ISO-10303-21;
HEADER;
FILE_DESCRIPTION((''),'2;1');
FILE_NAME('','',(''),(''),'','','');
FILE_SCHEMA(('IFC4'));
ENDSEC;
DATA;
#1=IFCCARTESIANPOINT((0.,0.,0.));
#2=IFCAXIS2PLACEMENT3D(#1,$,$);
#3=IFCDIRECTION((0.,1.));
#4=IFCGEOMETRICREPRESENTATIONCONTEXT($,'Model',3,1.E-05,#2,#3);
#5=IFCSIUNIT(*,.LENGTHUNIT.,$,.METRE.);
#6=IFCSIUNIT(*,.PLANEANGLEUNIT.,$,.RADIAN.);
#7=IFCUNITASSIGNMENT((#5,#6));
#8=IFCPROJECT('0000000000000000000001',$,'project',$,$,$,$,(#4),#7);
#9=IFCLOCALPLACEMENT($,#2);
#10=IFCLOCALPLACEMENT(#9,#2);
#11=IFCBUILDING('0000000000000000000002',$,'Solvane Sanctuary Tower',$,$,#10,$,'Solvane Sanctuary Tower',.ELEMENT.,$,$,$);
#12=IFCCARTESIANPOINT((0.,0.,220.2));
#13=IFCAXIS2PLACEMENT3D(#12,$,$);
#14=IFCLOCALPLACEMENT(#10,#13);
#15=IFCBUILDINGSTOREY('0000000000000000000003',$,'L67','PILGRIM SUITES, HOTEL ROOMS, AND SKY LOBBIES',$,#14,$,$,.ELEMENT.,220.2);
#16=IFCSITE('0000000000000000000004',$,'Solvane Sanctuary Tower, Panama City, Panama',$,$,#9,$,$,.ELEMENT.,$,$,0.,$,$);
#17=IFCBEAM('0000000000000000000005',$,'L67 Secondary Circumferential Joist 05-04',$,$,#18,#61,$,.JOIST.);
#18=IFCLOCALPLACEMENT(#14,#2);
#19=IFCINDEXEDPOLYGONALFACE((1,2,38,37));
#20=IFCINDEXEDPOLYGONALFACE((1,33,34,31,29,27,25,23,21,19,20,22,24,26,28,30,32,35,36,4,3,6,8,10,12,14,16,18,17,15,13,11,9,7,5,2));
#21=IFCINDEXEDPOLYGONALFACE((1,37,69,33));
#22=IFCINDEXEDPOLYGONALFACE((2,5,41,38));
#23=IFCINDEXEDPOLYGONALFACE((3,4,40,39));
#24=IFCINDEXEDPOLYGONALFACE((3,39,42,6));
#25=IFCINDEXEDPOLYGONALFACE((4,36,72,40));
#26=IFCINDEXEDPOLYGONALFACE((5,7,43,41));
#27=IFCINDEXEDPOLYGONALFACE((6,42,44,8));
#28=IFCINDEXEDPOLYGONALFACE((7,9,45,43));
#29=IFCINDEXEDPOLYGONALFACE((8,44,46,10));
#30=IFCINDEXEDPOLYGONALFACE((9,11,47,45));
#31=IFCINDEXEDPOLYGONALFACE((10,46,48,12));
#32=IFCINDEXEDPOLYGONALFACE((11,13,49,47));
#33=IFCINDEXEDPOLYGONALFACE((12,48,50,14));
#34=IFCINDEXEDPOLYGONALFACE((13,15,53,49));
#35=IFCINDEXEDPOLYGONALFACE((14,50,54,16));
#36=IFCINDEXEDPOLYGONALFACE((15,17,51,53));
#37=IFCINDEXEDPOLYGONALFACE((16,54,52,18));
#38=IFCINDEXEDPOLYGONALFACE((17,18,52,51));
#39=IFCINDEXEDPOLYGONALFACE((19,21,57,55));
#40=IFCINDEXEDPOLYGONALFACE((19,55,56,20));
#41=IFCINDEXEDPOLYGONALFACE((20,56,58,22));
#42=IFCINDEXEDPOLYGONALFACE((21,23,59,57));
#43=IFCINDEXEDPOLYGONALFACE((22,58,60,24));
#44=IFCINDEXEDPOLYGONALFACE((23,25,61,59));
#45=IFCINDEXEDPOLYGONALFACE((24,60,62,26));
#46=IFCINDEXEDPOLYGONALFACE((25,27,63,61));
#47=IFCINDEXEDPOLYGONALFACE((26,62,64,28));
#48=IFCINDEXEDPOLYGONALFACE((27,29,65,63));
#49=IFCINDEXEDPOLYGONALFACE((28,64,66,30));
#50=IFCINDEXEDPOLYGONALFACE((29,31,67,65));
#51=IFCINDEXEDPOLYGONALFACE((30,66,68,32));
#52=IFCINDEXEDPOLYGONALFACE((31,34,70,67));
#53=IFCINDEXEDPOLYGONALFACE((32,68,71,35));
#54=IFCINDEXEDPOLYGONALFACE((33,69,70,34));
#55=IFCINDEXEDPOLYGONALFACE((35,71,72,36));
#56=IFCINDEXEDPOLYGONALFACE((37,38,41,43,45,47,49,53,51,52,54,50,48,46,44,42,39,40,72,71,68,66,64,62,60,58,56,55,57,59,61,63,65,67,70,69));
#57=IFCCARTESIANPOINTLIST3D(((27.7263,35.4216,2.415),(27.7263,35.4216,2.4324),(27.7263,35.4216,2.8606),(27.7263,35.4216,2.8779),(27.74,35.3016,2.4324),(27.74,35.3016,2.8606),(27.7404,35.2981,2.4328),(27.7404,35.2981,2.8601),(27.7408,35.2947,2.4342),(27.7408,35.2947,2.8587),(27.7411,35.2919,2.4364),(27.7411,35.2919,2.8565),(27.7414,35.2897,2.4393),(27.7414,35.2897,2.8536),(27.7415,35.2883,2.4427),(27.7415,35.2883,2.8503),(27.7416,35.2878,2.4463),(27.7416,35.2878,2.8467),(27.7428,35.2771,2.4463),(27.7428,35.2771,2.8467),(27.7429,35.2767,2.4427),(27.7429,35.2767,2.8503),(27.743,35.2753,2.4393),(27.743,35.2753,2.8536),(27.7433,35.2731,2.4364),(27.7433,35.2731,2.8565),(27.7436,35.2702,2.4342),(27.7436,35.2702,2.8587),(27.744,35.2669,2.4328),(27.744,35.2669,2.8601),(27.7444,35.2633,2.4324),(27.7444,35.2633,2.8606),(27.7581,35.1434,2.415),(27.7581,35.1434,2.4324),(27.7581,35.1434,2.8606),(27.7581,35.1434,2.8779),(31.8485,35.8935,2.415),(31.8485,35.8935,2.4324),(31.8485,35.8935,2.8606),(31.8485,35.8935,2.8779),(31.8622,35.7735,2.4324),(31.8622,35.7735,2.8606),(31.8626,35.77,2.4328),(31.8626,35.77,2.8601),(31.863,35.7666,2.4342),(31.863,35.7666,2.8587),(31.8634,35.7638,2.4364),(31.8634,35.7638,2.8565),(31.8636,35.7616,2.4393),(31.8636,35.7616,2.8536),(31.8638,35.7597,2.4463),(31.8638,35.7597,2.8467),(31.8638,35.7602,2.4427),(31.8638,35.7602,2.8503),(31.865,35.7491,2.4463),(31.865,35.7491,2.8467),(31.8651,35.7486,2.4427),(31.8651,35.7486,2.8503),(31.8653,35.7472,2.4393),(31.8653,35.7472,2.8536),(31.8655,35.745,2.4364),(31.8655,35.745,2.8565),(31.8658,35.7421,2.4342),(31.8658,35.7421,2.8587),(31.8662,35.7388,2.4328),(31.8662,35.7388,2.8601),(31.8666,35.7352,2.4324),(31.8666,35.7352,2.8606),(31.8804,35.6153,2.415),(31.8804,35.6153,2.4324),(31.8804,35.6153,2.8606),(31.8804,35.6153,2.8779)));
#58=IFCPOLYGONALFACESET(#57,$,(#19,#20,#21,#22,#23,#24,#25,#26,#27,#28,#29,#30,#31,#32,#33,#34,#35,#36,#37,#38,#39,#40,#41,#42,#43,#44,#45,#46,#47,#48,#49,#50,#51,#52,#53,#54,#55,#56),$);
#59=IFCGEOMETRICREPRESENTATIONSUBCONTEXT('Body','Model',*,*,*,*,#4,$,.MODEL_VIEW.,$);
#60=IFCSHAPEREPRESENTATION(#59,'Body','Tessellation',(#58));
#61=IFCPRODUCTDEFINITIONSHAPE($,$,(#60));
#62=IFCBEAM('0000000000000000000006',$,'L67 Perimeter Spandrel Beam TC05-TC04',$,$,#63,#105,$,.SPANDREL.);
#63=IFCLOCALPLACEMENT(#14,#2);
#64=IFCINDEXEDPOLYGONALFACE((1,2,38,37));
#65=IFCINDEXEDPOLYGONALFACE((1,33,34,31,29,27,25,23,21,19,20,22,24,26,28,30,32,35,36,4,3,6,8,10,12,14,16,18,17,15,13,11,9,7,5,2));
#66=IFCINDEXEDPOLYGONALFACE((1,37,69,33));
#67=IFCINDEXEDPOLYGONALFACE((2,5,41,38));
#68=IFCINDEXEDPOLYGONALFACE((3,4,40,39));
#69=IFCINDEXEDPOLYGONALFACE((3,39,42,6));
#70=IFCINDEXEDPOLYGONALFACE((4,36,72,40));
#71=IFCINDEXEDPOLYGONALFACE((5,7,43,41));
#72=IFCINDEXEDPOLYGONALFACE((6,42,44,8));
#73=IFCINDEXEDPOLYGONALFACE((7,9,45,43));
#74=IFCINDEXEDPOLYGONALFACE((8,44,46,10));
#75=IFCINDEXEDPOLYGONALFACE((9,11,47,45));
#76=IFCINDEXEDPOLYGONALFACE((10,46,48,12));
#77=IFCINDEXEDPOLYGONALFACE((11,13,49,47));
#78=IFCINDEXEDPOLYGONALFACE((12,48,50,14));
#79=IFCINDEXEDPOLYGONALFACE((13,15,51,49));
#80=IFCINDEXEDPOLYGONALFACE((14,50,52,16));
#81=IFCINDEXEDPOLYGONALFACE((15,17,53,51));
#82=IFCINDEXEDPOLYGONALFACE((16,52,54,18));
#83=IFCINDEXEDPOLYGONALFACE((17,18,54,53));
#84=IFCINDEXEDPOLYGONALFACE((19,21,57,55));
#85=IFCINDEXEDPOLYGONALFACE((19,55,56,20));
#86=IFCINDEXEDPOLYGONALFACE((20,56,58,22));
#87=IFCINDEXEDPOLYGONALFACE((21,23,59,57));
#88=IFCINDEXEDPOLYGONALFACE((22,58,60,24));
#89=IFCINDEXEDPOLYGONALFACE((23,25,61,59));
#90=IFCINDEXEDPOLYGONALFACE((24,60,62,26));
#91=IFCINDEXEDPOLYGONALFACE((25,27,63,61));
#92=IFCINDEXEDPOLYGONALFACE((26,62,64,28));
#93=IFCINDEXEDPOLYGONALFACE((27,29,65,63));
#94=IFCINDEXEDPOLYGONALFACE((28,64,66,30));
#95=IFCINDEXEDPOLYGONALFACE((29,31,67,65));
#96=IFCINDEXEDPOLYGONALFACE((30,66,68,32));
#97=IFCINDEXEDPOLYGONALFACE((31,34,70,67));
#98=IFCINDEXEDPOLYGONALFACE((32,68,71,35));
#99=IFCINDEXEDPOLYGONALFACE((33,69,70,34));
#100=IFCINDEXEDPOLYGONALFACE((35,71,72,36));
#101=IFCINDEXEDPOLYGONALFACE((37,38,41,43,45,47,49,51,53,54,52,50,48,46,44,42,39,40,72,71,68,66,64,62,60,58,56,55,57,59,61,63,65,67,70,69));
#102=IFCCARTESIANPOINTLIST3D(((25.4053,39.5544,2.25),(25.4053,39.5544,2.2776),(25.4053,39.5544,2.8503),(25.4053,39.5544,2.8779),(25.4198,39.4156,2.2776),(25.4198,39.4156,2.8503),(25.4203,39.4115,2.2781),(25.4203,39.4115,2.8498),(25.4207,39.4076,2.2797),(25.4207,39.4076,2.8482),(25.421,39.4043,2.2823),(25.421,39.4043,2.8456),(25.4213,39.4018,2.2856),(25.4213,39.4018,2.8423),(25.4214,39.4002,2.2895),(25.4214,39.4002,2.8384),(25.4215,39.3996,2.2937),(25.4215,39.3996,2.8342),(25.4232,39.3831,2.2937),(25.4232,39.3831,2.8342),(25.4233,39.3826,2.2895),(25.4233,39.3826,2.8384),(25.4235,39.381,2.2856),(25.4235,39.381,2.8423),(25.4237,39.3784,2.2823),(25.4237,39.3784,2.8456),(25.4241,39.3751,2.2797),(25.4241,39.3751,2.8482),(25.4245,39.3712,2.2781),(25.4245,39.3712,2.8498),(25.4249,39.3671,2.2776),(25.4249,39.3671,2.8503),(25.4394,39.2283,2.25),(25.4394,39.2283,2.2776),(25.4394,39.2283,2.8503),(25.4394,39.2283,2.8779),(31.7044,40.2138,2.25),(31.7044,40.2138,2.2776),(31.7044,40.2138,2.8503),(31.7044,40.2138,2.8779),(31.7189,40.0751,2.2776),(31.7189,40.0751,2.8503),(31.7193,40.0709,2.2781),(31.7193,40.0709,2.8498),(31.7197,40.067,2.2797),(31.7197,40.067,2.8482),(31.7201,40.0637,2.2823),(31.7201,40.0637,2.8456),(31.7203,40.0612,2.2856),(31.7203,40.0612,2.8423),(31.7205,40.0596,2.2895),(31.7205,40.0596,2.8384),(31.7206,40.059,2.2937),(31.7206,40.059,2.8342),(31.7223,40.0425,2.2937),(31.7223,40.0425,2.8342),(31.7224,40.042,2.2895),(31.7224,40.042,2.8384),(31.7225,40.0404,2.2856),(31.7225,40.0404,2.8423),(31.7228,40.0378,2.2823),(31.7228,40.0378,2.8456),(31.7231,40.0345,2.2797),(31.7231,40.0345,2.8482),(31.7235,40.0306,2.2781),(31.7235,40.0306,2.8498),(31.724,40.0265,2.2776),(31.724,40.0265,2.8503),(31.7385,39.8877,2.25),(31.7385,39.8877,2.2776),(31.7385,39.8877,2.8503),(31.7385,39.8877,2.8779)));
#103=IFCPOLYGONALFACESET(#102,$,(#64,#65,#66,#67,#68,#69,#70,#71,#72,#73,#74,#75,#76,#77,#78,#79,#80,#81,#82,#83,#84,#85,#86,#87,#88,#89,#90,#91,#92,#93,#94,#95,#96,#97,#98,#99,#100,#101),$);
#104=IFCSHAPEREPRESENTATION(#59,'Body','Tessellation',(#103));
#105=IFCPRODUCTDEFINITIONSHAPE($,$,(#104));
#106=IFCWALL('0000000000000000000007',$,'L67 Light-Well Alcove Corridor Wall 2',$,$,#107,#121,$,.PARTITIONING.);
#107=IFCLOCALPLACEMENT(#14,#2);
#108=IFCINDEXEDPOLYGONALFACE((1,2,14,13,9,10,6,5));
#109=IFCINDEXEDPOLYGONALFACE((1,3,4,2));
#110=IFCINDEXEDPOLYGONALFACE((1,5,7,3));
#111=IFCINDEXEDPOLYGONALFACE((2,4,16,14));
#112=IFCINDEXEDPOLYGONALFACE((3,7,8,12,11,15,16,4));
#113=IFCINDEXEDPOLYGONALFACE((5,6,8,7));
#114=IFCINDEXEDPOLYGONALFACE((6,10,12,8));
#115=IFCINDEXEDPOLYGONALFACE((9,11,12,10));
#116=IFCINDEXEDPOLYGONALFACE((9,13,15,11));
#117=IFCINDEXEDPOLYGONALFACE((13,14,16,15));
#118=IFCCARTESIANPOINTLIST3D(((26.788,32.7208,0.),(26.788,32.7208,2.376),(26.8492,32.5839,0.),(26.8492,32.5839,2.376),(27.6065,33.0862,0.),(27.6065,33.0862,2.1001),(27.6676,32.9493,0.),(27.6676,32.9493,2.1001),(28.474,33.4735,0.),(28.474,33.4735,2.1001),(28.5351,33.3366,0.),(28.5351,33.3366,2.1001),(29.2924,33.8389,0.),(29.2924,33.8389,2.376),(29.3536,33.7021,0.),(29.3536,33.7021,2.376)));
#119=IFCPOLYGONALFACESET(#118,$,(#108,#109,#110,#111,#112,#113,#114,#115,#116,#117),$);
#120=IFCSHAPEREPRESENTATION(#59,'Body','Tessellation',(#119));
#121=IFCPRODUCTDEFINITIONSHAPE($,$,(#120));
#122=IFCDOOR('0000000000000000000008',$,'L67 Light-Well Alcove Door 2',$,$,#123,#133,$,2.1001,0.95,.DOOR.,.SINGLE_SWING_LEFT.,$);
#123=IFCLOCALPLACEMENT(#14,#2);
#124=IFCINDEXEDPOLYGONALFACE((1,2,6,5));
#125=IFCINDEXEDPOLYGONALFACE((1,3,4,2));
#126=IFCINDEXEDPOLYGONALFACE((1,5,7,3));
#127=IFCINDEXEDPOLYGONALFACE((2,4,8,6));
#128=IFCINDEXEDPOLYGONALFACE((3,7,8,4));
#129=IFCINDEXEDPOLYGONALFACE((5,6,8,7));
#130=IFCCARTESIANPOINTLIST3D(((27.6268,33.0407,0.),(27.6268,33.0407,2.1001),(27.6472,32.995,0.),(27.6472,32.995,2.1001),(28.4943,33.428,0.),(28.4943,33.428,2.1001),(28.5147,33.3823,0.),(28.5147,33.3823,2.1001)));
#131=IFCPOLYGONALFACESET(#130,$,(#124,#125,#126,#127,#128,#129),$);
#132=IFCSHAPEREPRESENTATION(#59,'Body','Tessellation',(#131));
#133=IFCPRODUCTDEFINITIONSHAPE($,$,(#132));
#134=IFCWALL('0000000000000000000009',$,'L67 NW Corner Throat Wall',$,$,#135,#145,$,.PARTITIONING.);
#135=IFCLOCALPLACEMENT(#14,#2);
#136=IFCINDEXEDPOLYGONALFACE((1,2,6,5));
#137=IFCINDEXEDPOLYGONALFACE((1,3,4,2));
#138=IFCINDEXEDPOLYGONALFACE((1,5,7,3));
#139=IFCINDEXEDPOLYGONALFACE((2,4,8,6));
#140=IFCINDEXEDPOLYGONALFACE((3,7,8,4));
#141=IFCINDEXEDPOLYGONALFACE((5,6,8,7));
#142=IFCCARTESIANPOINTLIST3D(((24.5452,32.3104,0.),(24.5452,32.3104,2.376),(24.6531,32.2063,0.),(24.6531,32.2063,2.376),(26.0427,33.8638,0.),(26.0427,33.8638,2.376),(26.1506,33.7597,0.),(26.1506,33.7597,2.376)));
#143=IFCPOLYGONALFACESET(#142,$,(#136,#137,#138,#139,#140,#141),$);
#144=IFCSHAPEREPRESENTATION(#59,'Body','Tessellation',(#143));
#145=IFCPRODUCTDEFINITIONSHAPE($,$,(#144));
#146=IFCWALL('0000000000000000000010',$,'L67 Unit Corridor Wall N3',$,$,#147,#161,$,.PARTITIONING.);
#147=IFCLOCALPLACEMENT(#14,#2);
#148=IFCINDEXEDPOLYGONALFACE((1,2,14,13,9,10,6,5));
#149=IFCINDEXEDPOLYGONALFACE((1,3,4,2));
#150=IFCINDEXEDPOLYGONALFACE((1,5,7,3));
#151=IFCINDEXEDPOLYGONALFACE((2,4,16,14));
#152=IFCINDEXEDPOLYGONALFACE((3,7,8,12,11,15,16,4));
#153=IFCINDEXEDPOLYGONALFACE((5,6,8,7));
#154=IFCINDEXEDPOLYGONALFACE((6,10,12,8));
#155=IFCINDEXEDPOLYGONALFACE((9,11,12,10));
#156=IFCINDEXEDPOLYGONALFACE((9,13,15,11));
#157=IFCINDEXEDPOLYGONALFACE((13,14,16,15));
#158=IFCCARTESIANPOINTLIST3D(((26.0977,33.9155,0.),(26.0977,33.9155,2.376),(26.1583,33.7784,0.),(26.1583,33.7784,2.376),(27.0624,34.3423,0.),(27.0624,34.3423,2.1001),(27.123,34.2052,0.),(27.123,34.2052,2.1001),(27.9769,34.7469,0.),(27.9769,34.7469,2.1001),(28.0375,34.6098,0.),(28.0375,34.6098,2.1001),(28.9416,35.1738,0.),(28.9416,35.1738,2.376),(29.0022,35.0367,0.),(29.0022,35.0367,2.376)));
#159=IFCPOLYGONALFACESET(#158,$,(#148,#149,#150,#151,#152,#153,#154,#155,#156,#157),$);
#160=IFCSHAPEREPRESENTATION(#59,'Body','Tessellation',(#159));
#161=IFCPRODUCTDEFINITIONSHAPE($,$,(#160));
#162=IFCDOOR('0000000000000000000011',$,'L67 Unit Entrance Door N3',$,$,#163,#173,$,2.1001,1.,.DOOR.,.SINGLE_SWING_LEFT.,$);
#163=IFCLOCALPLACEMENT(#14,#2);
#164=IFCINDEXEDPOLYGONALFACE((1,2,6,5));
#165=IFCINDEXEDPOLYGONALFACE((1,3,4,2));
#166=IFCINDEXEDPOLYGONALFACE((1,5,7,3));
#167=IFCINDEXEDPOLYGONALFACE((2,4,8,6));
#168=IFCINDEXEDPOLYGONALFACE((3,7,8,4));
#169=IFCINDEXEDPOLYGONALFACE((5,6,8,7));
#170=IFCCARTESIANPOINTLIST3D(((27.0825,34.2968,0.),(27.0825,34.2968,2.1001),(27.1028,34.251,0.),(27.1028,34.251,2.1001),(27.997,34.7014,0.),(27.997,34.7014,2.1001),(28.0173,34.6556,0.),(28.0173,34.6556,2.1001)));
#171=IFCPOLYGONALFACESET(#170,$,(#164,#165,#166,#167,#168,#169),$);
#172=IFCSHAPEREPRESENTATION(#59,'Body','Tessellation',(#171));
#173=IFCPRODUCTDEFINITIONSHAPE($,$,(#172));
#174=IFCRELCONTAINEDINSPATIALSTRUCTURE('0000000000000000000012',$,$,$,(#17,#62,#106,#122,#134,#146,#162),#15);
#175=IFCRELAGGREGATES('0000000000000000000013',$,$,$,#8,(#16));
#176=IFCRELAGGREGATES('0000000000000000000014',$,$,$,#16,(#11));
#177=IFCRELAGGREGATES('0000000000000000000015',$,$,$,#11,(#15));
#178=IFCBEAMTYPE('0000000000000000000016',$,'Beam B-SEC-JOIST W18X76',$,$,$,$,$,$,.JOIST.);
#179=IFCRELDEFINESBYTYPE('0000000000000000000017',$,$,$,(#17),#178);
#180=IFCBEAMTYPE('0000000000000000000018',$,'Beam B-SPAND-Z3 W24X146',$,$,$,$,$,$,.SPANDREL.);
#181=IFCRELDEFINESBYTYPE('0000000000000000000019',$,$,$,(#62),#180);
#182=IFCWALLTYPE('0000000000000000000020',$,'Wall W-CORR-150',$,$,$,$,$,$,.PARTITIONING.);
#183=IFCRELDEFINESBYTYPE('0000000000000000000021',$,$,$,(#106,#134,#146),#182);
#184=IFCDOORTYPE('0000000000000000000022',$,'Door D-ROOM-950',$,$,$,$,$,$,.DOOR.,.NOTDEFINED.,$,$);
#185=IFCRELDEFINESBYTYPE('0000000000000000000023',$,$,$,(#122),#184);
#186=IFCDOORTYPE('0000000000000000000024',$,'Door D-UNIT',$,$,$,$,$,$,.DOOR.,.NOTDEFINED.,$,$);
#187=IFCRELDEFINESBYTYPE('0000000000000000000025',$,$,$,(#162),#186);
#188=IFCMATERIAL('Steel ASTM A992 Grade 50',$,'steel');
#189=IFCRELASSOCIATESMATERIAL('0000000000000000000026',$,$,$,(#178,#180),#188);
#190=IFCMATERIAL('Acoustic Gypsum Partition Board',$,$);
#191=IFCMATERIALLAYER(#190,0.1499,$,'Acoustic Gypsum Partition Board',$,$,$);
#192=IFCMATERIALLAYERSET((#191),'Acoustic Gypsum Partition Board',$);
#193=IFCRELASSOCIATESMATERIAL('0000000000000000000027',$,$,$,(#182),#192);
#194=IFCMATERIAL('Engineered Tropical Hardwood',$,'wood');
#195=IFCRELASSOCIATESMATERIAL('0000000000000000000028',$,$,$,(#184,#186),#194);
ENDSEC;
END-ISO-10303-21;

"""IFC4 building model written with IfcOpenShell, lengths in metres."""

from ifc_helpers import new_model, si_unit, direction, frame, frame_2d, origin, origin_2d, place, context, subcontext, project, spatial, rectangle, i_section, extrude, material, layer, layer_set, material_profile, profile_set, type_object, element, fill, save


model = new_model("IFC4")

# Units and contexts
model_context = context("Model", 3, precision=1e-05, world=origin(), true_north=direction((0.0, 1.0)))
body_context = subcontext(model_context, "Body", "Model", "MODEL_VIEW")
ifc_project = project(units=[si_unit("LENGTHUNIT", "METRE"), si_unit("PLANEANGLEUNIT", "RADIAN")], contexts=[model_context])

# Site, building, storey
site_placement = place(None, origin())
site = spatial("IfcSite", under=ifc_project, at=site_placement, Name="Solvane Sanctuary Tower, Panama City, Panama", CompositionType="ELEMENT", RefElevation=0.0)
building_placement = place(site_placement, origin())
building = spatial("IfcBuilding", under=site, at=building_placement, Name="Solvane Sanctuary Tower", LongName="Solvane Sanctuary Tower", CompositionType="ELEMENT")
storey_placement = place(building_placement, frame((0.0, 0.0, 220.2)))
storey = spatial("IfcBuildingStorey", under=building, at=storey_placement, Name="L67", Description="PILGRIM SUITES, HOTEL ROOMS, AND SKY LOBBIES", CompositionType="ELEMENT", Elevation=220.2)

# Beams
ifc_material_1 = material(Name="Steel ASTM A992 Grade 50", Category="steel")
ifc_material_profile_1 = material_profile(ifc_material_1, i_section(OverallWidth=0.28, OverallDepth=0.4629, WebThickness=0.0107, FlangeThickness=0.0173, FilletRadius=0.0139, at=origin_2d()), Name="W18X76")
ifc_profile_set_1 = profile_set([ifc_material_profile_1], Name="Steel ASTM A992 Grade 50")
beam_type_1 = type_object("IfcBeamType", Name="Beam B-SEC-JOIST W18X76", PredefinedType="JOIST", material=ifc_profile_set_1)
beam_1_placement = place(storey_placement, frame((27.7422, 35.2825, 2.6465), z_axis=(0.993511, 0.113737, 0.0), x_axis=(-0.113737, 0.993511, 0.0)))
element("IfcBeam", 1, at=beam_1_placement, inside=storey, type_object=beam_type_1, Name="L67 Secondary Circumferential Joist 05-04", PredefinedType="JOIST", context=body_context, shape_type="SweptSolid", body=[
    extrude(i_section(OverallWidth=0.28, OverallDepth=0.4629, WebThickness=0.0107, FlangeThickness=0.0173, FilletRadius=0.0139, at=origin_2d()), origin(), (0.0, 0.0, 1.0), 4.1492),
])
ifc_material_profile_2 = material_profile(ifc_material_1, i_section(OverallWidth=0.3279, OverallDepth=0.6279, WebThickness=0.0166, FlangeThickness=0.0276, FilletRadius=0.0161, at=origin_2d()), Name="W24X146")
ifc_profile_set_2 = profile_set([ifc_material_profile_2], Name="Steel ASTM A992 Grade 50")
beam_type_2 = type_object("IfcBeamType", Name="Beam B-SPAND-Z3 W24X146", PredefinedType="SPANDREL", material=ifc_profile_set_2)
beam_2_placement = place(storey_placement, frame((25.4224, 39.3914, 2.564), z_axis=(0.994565, 0.104117, 0.0), x_axis=(-0.104117, 0.994565, 0.0)))
element("IfcBeam", 2, at=beam_2_placement, inside=storey, type_object=beam_type_2, Name="L67 Perimeter Spandrel Beam TC05-TC04", PredefinedType="SPANDREL", context=body_context, shape_type="SweptSolid", body=[
    extrude(i_section(OverallWidth=0.3279, OverallDepth=0.6279, WebThickness=0.0166, FlangeThickness=0.0276, FilletRadius=0.0161, at=origin_2d()), origin(), (0.0, 0.0, 1.0), 6.3335),
])

# Wall, opening, door
ifc_material_2 = material(Name="Acoustic Gypsum Partition Board")
ifc_layer_1 = layer(ifc_material_2, 0.1499, Name="Acoustic Gypsum Partition Board")
ifc_layer_set_1 = layer_set([ifc_layer_1], Name="Acoustic Gypsum Partition Board")
wall_type_1 = type_object("IfcWallType", Name="Wall W-CORR-150", PredefinedType="PARTITIONING", material=ifc_layer_set_1)
wall_1_placement = place(storey_placement, frame((29.323, 33.7705, 0.0), z_axis=(0.0, 0.0, 1.0), x_axis=(-0.91312, -0.407691, 0.0)))
wall_1 = element("IfcWall", 3, at=wall_1_placement, inside=storey, type_object=wall_type_1, Name="L67 Light-Well Alcove Corridor Wall 2", PredefinedType="PARTITIONING", context=body_context, shape_type="SweptSolid", body=[
    extrude(rectangle(XDim=2.7427, YDim=0.1499, at=frame_2d((1.3713, 0.0))), origin(), (0.0, 0.0, 1.0), 2.376),
])
opening_1_placement = place(wall_1_placement, frame((0.8962, 0.0, 0.0)))
opening_1 = element("IfcOpeningElement", 4, at=opening_1_placement, cuts=wall_1, PredefinedType="OPENING", context=body_context, shape_type="SweptSolid", body=[
    extrude(rectangle(XDim=0.95, YDim=2.1001, at=frame_2d((0.4751, 1.05))), frame((0.0, 0.085, 0.0), z_axis=(0.0, -1.0, 0.0), x_axis=(1.0, 0.0, 0.0)), (0.0, 0.0, 1.0), 0.1699),
])
ifc_material_3 = material(Name="Engineered Tropical Hardwood", Category="wood")
door_type_1 = type_object("IfcDoorType", Name="Door D-ROOM-950", OperationType="NOTDEFINED", PredefinedType="DOOR", material=ifc_material_3)
door_1_placement = place(opening_1_placement, origin())
door_1 = element("IfcDoor", 5, at=door_1_placement, inside=storey, type_object=door_type_1, Name="L67 Light-Well Alcove Door 2", OperationType="SINGLE_SWING_LEFT", OverallHeight=2.1001, OverallWidth=0.95, PredefinedType="DOOR", context=body_context, shape_type="SweptSolid", body=[
    extrude(rectangle(XDim=0.95, YDim=2.1001, at=frame_2d((0.4751, 1.05))), frame((0.0, 0.0249, 0.0), z_axis=(0.0, -1.0, 0.0), x_axis=(1.0, 0.0, 0.0)), (0.0, 0.0, 1.0), 0.05),
])
fill(opening_1, door_1)

# Wall
wall_2_placement = place(storey_placement, frame((26.0967, 33.8118, 0.0), z_axis=(0.0, 0.0, 1.0), x_axis=(-0.694033, -0.719943, 0.0)))
element("IfcWall", 6, at=wall_2_placement, inside=storey, type_object=wall_type_1, Name="L67 NW Corner Throat Wall", PredefinedType="PARTITIONING", context=body_context, shape_type="SweptSolid", body=[
    extrude(rectangle(XDim=2.1577, YDim=0.1499, at=frame_2d((1.0789, 0.0))), origin(), (0.0, 0.0, 1.0), 2.376),
])

# Wall, opening, door
wall_3_placement = place(storey_placement, frame((28.9719, 35.1052, 0.0), z_axis=(0.0, 0.0, 1.0), x_axis=(-0.91449, -0.404608, 0.0)))
wall_3 = element("IfcWall", 7, at=wall_3_placement, inside=storey, type_object=wall_type_1, Name="L67 Unit Corridor Wall N3", PredefinedType="PARTITIONING", context=body_context, shape_type="SweptSolid", body=[
    extrude(rectangle(XDim=3.1099, YDim=0.1499, at=frame_2d((1.5549, 0.0))), origin(), (0.0, 0.0, 1.0), 2.376),
])
opening_2_placement = place(wall_3_placement, frame((1.0549, 0.0, 0.0)))
opening_2 = element("IfcOpeningElement", 8, at=opening_2_placement, cuts=wall_3, PredefinedType="OPENING", context=body_context, shape_type="SweptSolid", body=[
    extrude(rectangle(XDim=1.0, YDim=2.1001, at=frame_2d((0.5, 1.05))), frame((0.0, 0.085, 0.0), z_axis=(0.0, -1.0, 0.0), x_axis=(1.0, 0.0, 0.0)), (0.0, 0.0, 1.0), 0.1699),
])
door_type_2 = type_object("IfcDoorType", Name="Door D-UNIT", OperationType="NOTDEFINED", PredefinedType="DOOR", material=ifc_material_3)
door_2_placement = place(opening_2_placement, origin())
door_2 = element("IfcDoor", 9, at=door_2_placement, inside=storey, type_object=door_type_2, Name="L67 Unit Entrance Door N3", OperationType="SINGLE_SWING_LEFT", OverallHeight=2.1001, OverallWidth=1.0, PredefinedType="DOOR", context=body_context, shape_type="SweptSolid", body=[
    extrude(rectangle(XDim=1.0, YDim=2.1001, at=frame_2d((0.5, 1.05))), frame((0.0, 0.0249, 0.0), z_axis=(0.0, -1.0, 0.0), x_axis=(1.0, 0.0, 0.0)), (0.0, 0.0, 1.0), 0.05),
])
fill(opening_2, door_2)

save(model, "model.ifc")
